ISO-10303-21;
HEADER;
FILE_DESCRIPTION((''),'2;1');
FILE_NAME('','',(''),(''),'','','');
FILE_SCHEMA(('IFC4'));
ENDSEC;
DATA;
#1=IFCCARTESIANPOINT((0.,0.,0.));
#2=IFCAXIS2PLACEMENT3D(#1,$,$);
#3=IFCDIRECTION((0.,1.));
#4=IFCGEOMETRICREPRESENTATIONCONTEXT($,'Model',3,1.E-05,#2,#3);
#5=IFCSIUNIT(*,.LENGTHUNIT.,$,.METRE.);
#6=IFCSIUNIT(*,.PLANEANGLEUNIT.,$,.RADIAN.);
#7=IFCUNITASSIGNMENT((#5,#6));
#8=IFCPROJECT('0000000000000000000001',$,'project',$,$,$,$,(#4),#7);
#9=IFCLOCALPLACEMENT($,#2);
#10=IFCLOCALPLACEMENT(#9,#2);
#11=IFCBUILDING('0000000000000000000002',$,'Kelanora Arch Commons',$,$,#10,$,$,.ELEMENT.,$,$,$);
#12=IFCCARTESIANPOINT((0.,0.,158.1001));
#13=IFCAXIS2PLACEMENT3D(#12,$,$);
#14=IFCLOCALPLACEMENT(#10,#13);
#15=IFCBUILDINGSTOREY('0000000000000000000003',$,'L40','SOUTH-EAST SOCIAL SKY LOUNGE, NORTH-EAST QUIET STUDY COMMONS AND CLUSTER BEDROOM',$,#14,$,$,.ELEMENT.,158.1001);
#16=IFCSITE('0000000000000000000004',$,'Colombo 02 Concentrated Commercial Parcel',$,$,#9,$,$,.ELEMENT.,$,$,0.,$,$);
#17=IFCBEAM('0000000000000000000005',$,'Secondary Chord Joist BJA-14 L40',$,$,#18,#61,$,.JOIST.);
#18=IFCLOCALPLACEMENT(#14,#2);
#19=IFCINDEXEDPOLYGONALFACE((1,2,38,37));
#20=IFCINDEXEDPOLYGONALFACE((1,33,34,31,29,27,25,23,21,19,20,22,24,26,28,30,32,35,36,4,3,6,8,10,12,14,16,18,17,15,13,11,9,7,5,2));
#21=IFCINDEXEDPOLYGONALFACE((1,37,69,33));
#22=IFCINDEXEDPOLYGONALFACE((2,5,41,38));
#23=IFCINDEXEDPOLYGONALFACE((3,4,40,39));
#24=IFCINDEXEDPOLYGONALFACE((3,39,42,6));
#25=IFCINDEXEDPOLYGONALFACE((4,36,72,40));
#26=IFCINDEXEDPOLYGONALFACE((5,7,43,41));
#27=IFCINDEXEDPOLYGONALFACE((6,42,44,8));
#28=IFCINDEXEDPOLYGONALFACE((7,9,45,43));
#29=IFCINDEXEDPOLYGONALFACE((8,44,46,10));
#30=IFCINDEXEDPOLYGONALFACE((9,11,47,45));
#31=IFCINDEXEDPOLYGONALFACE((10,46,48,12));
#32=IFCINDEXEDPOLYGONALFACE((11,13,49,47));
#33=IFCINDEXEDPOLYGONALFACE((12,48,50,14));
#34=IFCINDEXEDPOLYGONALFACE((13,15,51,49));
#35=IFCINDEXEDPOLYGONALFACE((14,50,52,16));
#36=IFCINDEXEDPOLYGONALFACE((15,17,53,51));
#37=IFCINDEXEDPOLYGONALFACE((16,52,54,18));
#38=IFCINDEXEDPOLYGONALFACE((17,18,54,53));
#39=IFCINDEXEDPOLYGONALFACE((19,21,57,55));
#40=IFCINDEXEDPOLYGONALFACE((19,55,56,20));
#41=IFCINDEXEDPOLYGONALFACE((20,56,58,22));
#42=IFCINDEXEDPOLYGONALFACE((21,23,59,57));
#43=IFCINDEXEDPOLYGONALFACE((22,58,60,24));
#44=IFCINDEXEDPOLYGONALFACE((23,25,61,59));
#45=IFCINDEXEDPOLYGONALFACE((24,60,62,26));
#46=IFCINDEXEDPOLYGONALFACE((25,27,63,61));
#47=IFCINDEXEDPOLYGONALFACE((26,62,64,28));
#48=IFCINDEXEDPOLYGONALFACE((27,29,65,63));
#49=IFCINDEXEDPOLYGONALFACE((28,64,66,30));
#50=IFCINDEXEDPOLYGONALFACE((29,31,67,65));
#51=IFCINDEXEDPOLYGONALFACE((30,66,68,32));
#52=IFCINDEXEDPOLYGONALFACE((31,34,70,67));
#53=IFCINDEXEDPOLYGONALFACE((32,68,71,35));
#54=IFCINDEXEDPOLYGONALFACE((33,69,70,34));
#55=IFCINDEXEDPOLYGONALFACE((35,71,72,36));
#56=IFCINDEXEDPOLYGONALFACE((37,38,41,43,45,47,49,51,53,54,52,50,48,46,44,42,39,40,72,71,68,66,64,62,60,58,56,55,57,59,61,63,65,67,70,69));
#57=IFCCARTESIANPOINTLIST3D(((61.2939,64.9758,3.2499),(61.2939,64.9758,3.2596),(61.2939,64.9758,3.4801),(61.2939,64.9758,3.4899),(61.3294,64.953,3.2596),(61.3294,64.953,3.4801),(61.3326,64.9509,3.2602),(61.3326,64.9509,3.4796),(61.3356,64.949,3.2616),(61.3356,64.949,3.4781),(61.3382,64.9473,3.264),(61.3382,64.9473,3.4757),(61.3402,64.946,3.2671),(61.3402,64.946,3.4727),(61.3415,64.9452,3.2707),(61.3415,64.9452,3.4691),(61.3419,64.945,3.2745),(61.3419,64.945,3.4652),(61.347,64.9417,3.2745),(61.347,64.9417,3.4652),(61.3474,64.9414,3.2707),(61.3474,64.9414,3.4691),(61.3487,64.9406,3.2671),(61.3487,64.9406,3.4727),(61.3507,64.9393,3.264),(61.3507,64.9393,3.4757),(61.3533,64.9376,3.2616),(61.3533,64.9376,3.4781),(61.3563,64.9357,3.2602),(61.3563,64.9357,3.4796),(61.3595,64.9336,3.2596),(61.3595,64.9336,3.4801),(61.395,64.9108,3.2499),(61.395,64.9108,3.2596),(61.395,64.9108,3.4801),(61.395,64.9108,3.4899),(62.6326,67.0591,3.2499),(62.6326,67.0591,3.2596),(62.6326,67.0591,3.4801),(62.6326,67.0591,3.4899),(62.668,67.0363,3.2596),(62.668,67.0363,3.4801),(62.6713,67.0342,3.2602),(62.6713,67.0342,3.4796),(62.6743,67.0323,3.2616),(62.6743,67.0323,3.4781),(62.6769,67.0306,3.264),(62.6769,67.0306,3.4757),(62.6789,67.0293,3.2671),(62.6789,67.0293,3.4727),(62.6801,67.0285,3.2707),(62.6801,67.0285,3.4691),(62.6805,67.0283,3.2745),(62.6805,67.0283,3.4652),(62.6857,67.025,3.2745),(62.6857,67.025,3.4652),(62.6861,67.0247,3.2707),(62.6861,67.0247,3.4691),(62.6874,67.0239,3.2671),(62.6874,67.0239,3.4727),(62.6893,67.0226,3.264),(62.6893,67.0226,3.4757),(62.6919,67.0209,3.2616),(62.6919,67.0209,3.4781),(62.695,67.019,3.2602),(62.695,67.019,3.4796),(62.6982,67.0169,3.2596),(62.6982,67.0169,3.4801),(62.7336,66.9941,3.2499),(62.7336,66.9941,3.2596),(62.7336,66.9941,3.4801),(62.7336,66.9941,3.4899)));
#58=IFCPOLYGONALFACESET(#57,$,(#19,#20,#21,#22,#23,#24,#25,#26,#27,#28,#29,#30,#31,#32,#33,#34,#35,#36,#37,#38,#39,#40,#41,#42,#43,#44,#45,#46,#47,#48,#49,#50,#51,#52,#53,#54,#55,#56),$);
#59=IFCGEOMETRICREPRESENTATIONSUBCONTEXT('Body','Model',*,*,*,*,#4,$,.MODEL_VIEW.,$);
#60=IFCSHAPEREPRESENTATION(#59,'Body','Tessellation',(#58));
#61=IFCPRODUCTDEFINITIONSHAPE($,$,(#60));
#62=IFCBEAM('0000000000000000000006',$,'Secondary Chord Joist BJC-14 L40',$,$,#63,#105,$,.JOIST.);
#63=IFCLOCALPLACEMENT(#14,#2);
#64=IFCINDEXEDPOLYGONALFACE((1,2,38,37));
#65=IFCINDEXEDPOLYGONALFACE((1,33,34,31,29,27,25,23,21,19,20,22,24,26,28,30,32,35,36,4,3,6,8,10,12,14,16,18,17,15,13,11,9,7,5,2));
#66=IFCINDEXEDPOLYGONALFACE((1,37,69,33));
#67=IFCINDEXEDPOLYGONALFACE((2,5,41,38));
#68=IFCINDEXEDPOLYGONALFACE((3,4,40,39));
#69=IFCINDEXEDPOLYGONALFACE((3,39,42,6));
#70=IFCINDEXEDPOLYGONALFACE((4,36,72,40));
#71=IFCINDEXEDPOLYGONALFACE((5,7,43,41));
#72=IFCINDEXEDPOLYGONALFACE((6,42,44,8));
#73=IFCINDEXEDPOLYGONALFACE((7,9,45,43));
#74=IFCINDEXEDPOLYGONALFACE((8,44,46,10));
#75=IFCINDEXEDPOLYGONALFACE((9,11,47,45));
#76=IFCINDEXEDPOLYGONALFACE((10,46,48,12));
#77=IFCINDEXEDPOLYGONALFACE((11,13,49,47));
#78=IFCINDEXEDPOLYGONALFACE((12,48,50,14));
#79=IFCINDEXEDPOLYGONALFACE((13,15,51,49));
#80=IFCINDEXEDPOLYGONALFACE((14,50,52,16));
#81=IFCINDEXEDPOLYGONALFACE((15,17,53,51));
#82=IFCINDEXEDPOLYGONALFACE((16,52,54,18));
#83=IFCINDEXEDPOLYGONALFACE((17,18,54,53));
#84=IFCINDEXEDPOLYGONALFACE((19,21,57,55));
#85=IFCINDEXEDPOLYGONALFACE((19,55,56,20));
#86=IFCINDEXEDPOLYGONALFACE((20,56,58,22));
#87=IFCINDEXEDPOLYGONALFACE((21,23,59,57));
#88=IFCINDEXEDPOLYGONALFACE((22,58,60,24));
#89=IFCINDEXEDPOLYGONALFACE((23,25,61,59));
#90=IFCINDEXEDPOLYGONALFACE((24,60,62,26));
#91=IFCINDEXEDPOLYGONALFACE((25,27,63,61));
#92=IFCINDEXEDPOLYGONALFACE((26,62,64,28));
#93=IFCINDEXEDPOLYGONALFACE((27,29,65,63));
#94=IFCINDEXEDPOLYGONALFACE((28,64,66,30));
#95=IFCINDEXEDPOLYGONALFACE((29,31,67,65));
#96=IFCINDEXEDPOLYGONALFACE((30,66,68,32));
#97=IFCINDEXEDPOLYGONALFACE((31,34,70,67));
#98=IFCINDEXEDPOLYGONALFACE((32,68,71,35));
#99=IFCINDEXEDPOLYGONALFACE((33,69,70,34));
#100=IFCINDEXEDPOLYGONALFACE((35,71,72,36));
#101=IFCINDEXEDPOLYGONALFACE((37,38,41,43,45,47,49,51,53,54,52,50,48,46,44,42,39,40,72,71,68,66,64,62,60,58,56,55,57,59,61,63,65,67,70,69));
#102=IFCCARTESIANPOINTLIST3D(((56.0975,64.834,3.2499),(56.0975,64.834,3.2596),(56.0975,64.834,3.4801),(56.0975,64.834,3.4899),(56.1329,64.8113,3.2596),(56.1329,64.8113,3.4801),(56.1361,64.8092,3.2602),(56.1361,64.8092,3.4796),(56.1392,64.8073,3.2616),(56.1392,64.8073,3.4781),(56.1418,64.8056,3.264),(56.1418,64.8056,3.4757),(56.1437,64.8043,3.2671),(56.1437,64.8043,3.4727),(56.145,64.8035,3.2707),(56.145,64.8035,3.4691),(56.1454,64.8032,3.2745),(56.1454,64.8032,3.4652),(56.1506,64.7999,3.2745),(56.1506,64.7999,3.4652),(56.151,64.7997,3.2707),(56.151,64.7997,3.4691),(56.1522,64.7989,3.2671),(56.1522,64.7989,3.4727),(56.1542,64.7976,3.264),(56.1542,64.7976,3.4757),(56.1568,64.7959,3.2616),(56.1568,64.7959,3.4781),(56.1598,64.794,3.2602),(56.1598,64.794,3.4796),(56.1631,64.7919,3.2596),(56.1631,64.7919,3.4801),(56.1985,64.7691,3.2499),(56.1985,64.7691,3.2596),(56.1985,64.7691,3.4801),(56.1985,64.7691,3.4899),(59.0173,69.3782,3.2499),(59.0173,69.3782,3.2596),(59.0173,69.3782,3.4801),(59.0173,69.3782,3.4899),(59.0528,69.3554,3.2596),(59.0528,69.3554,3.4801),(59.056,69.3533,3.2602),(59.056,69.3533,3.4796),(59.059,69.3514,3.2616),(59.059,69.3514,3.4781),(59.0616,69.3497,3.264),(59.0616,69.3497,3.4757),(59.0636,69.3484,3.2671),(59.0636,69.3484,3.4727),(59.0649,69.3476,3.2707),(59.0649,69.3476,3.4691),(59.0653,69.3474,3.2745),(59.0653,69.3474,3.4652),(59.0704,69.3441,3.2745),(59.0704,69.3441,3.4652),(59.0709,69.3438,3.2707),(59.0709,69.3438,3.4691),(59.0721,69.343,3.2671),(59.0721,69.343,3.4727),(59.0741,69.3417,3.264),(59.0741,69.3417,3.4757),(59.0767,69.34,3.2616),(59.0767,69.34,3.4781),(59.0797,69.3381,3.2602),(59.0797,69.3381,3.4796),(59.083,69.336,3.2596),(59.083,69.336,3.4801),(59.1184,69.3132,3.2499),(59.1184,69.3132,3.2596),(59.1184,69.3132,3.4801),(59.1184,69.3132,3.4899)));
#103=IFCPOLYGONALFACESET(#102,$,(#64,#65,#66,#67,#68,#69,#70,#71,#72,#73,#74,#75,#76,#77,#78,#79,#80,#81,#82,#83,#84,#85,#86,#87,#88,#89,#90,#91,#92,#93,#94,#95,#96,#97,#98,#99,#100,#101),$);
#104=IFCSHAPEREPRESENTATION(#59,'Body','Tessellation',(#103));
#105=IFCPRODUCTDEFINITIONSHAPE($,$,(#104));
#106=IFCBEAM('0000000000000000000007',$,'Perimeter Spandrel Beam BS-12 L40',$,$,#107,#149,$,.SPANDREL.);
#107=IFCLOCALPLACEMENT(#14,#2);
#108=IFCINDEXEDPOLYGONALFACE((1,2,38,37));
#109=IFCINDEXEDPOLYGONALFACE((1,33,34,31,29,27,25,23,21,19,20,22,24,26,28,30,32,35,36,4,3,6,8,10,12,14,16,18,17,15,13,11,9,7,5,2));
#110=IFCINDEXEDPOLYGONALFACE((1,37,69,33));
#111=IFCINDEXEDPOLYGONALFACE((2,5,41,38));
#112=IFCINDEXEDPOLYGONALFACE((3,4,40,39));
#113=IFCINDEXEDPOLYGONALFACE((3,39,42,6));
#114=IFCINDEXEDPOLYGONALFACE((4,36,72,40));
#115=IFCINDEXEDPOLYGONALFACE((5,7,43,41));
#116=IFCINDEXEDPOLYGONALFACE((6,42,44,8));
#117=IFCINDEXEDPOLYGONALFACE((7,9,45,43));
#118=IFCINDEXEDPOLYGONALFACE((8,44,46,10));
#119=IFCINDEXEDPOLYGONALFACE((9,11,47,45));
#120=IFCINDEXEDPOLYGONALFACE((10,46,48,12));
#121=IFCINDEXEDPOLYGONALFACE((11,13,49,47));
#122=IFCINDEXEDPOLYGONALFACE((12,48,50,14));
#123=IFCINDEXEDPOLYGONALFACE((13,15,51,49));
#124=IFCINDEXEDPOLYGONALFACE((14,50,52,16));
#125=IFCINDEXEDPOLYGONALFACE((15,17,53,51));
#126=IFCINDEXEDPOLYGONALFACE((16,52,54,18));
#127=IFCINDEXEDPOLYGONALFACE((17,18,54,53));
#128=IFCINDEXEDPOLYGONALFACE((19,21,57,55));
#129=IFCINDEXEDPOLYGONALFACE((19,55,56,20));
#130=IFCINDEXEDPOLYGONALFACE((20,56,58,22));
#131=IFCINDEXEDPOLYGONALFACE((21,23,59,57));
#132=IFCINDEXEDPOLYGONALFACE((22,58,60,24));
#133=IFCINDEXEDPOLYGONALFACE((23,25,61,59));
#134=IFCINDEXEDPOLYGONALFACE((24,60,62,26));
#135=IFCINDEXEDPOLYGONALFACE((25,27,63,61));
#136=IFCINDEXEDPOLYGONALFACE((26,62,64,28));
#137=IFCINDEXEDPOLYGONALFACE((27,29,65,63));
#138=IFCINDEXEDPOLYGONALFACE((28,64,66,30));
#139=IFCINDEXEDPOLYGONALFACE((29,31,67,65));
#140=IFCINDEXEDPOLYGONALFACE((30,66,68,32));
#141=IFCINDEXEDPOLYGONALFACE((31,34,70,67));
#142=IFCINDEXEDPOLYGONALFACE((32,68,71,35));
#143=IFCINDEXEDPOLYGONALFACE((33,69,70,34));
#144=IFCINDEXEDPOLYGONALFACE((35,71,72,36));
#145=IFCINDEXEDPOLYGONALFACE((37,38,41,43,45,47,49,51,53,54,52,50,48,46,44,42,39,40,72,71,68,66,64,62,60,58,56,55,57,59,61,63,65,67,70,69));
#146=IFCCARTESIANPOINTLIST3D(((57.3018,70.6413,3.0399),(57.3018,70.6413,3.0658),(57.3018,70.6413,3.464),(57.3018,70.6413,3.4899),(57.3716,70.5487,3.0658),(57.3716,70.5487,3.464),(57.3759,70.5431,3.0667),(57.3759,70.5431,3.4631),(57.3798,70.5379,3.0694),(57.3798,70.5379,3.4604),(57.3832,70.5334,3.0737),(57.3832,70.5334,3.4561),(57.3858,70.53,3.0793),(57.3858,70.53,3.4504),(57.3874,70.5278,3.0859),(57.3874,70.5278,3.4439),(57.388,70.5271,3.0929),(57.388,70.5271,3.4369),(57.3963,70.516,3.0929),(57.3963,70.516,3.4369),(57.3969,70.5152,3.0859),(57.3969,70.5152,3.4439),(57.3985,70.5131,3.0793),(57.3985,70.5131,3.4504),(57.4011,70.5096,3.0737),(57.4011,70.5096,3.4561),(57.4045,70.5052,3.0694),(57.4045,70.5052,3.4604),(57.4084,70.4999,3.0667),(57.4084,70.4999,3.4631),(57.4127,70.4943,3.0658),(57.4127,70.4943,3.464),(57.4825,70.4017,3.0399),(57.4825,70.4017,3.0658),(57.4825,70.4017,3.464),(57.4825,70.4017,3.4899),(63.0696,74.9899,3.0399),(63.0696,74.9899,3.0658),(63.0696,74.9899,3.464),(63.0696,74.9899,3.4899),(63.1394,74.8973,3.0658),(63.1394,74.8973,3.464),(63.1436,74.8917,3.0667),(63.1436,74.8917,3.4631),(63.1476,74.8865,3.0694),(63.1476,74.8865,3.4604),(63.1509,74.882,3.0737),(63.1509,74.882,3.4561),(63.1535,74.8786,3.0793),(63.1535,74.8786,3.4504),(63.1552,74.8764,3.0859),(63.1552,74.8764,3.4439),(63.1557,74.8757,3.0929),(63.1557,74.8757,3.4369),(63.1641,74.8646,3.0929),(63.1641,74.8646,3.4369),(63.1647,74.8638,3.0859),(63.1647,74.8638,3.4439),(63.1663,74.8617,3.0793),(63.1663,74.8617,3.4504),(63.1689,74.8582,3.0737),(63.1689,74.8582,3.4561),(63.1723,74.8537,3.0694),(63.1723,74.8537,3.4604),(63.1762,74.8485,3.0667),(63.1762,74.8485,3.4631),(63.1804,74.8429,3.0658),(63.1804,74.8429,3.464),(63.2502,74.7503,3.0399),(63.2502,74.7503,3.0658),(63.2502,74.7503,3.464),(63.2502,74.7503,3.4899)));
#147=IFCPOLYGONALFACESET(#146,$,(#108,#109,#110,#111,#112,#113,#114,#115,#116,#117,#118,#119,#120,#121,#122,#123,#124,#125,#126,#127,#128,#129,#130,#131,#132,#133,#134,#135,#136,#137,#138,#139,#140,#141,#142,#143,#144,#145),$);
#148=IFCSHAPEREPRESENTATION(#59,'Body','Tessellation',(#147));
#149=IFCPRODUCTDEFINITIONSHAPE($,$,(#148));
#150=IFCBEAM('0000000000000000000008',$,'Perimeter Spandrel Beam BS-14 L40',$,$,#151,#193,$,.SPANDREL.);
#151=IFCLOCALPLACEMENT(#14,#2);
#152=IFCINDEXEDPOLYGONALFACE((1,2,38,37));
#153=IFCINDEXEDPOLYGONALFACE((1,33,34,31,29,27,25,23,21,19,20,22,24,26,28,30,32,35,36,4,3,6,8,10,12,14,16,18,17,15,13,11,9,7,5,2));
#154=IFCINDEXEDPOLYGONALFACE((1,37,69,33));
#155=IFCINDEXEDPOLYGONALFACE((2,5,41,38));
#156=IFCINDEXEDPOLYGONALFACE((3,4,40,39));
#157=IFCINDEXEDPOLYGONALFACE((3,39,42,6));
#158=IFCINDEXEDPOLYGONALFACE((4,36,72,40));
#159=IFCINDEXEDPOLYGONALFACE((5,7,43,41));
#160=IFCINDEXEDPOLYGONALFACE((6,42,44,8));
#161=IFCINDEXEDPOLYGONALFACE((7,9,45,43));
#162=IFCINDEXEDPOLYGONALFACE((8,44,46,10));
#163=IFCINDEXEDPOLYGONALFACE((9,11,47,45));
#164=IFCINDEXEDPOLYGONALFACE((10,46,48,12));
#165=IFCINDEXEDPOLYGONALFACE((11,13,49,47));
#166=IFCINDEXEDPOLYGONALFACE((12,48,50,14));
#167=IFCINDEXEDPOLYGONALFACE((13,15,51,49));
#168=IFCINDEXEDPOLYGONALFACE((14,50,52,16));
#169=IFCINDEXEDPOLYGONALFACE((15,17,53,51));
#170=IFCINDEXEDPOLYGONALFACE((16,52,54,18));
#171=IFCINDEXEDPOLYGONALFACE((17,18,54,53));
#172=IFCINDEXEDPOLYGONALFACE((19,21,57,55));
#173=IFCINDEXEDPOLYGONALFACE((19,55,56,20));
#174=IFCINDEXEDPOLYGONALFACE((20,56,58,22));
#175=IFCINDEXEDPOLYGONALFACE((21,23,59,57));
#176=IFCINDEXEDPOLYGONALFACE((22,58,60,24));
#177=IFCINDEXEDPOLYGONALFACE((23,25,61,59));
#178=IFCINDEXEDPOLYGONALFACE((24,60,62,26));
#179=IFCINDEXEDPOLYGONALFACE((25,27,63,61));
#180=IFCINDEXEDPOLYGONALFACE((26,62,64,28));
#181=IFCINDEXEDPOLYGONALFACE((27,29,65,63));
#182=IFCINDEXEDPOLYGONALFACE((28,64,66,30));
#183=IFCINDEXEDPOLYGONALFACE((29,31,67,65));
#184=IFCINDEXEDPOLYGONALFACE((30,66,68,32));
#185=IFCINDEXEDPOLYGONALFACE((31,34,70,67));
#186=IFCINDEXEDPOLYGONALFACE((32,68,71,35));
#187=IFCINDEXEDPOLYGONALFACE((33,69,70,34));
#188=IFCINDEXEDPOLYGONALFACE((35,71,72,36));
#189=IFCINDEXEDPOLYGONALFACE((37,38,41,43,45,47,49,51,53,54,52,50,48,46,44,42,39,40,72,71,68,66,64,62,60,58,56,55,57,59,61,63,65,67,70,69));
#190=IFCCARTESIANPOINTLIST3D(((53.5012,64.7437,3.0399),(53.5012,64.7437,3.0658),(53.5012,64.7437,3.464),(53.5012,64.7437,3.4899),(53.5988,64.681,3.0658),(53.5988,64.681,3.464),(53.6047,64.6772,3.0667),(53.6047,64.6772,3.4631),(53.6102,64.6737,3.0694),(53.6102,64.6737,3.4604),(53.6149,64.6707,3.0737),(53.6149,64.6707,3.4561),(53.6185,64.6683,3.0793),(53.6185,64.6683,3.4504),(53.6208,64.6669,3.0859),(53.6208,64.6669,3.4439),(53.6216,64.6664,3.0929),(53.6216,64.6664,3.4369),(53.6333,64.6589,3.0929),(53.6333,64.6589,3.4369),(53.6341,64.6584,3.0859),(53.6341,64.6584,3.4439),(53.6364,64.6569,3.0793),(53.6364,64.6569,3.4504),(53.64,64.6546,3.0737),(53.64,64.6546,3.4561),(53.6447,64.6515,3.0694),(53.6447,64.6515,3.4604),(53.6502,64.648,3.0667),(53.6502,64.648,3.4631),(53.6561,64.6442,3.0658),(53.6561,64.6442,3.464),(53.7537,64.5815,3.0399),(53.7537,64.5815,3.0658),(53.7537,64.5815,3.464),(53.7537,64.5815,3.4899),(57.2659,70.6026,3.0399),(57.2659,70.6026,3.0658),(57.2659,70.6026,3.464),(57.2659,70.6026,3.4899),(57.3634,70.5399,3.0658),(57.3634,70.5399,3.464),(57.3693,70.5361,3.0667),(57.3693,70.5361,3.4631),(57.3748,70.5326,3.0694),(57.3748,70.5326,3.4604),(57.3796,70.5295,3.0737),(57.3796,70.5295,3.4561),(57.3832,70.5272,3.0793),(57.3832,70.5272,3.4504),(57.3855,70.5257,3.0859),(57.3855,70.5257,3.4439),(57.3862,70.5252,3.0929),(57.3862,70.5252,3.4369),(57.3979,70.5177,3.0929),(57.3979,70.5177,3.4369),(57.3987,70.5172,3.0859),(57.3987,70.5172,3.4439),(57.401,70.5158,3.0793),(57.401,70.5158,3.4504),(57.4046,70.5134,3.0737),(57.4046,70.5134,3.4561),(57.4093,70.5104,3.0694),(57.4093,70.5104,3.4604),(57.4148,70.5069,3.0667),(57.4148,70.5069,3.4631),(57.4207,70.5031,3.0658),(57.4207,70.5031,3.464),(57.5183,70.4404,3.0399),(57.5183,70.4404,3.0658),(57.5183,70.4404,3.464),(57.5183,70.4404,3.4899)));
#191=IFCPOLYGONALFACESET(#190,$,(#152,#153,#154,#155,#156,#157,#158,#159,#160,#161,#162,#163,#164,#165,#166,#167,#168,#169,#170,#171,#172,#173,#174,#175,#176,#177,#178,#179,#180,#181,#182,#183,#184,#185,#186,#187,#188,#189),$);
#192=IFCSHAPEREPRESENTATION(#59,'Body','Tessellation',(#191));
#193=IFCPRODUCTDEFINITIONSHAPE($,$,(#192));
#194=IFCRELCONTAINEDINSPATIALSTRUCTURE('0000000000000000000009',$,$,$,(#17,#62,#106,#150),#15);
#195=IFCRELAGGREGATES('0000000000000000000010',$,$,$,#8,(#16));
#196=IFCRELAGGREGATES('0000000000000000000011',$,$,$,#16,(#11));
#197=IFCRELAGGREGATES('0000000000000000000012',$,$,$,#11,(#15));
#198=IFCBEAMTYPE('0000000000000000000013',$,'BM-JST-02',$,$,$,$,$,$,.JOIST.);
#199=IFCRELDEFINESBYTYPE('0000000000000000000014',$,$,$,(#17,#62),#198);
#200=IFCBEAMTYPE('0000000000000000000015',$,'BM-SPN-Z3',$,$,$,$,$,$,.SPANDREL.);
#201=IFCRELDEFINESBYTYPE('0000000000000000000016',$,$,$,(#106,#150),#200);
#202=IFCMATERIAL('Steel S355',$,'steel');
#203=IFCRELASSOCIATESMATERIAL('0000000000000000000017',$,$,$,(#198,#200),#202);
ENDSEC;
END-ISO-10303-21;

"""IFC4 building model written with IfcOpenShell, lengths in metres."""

from ifc_helpers import new_model, si_unit, direction, frame, origin, origin_2d, place, context, subcontext, project, spatial, i_section, extrude, material, material_profile, profile_set, type_object, element, save


model = new_model("IFC4")

# Units and contexts
model_context = context("Model", 3, precision=1e-05, world=origin(), true_north=direction((0.0, 1.0)))
body_context = subcontext(model_context, "Body", "Model", "MODEL_VIEW")
ifc_project = project(units=[si_unit("LENGTHUNIT", "METRE"), si_unit("PLANEANGLEUNIT", "RADIAN")], contexts=[model_context])

# Site, building, storey
site_placement = place(None, origin())
site = spatial("IfcSite", under=ifc_project, at=site_placement, Name="Colombo 02 Concentrated Commercial Parcel", CompositionType="ELEMENT", RefElevation=0.0)
building_placement = place(site_placement, origin())
building = spatial("IfcBuilding", under=site, at=building_placement, Name="Kelanora Arch Commons", CompositionType="ELEMENT")
storey_placement = place(building_placement, frame((0.0, 0.0, 158.1001)))
storey = spatial("IfcBuildingStorey", under=building, at=storey_placement, Name="L40", Description="SOUTH-EAST SOCIAL SKY LOUNGE, NORTH-EAST QUIET STUDY COMMONS AND CLUSTER BEDROOM", CompositionType="ELEMENT", Elevation=158.1001)

# Beams
ifc_material_1 = material(Name="Steel S355", Category="steel")
ifc_material_profile_1 = material_profile(ifc_material_1, i_section(OverallWidth=0.1201, OverallDepth=0.24, WebThickness=0.0061, FlangeThickness=0.0098, FilletRadius=0.0149, at=origin_2d()), Name="IPE240")
ifc_profile_set_1 = profile_set([ifc_material_profile_1], Name="Steel S355")
beam_type_1 = type_object("IfcBeamType", Name="BM-JST-02", PredefinedType="JOIST", material=ifc_profile_set_1)
beam_1_placement = place(storey_placement, frame((62.6831, 67.0266, 3.3699), z_axis=(-0.540583, -0.841291, 0.0), x_axis=(0.841291, -0.540583, 0.0)))
element("IfcBeam", 1, at=beam_1_placement, inside=storey, type_object=beam_type_1, Name="Secondary Chord Joist BJA-14 L40", PredefinedType="JOIST", context=body_context, shape_type="SweptSolid", body=[
    extrude(i_section(OverallWidth=0.1201, OverallDepth=0.24, WebThickness=0.0061, FlangeThickness=0.0098, FilletRadius=0.0149, at=origin_2d()), origin(), (0.0, 0.0, 1.0), 2.4763),
])
beam_2_placement = place(storey_placement, frame((59.0679, 69.3457, 3.3699), z_axis=(-0.540582, -0.841292, 0.0), x_axis=(0.841292, -0.540582, 0.0)))
element("IfcBeam", 2, at=beam_2_placement, inside=storey, type_object=beam_type_1, Name="Secondary Chord Joist BJC-14 L40", PredefinedType="JOIST", context=body_context, shape_type="SweptSolid", body=[
    extrude(i_section(OverallWidth=0.1201, OverallDepth=0.24, WebThickness=0.0061, FlangeThickness=0.0098, FilletRadius=0.0149, at=origin_2d()), origin(), (0.0, 0.0, 1.0), 5.4014),
])
ifc_material_profile_2 = material_profile(ifc_material_1, i_section(OverallWidth=0.3, OverallDepth=0.45, WebThickness=0.0139, FlangeThickness=0.0259, FilletRadius=0.0271, at=origin_2d()), Name="HEB450")
ifc_profile_set_2 = profile_set([ifc_material_profile_2], Name="Steel S355")
beam_type_2 = type_object("IfcBeamType", Name="BM-SPN-Z3", PredefinedType="SPANDREL", material=ifc_profile_set_2)
beam_3_placement = place(storey_placement, frame((63.1599, 74.8701, 3.2649), z_axis=(-0.798485, -0.602015, 0.0), x_axis=(0.602015, -0.798485, 0.0)))
element("IfcBeam", 3, at=beam_3_placement, inside=storey, type_object=beam_type_2, Name="Perimeter Spandrel Beam BS-12 L40", PredefinedType="SPANDREL", context=body_context, shape_type="SweptSolid", body=[
    extrude(i_section(OverallWidth=0.3, OverallDepth=0.45, WebThickness=0.0139, FlangeThickness=0.0259, FilletRadius=0.0271, at=origin_2d()), origin(), (0.0, 0.0, 1.0), 7.2234),
])
beam_4_placement = place(storey_placement, frame((57.3921, 70.5215, 3.2649), z_axis=(-0.540577, -0.841295, 0.0), x_axis=(0.841295, -0.540577, 0.0)))
element("IfcBeam", 4, at=beam_4_placement, inside=storey, type_object=beam_type_2, Name="Perimeter Spandrel Beam BS-14 L40", PredefinedType="SPANDREL", context=body_context, shape_type="SweptSolid", body=[
    extrude(i_section(OverallWidth=0.3, OverallDepth=0.45, WebThickness=0.0139, FlangeThickness=0.0259, FilletRadius=0.0271, at=origin_2d()), origin(), (0.0, 0.0, 1.0), 6.9641),
])

save(model, "model.ifc")
